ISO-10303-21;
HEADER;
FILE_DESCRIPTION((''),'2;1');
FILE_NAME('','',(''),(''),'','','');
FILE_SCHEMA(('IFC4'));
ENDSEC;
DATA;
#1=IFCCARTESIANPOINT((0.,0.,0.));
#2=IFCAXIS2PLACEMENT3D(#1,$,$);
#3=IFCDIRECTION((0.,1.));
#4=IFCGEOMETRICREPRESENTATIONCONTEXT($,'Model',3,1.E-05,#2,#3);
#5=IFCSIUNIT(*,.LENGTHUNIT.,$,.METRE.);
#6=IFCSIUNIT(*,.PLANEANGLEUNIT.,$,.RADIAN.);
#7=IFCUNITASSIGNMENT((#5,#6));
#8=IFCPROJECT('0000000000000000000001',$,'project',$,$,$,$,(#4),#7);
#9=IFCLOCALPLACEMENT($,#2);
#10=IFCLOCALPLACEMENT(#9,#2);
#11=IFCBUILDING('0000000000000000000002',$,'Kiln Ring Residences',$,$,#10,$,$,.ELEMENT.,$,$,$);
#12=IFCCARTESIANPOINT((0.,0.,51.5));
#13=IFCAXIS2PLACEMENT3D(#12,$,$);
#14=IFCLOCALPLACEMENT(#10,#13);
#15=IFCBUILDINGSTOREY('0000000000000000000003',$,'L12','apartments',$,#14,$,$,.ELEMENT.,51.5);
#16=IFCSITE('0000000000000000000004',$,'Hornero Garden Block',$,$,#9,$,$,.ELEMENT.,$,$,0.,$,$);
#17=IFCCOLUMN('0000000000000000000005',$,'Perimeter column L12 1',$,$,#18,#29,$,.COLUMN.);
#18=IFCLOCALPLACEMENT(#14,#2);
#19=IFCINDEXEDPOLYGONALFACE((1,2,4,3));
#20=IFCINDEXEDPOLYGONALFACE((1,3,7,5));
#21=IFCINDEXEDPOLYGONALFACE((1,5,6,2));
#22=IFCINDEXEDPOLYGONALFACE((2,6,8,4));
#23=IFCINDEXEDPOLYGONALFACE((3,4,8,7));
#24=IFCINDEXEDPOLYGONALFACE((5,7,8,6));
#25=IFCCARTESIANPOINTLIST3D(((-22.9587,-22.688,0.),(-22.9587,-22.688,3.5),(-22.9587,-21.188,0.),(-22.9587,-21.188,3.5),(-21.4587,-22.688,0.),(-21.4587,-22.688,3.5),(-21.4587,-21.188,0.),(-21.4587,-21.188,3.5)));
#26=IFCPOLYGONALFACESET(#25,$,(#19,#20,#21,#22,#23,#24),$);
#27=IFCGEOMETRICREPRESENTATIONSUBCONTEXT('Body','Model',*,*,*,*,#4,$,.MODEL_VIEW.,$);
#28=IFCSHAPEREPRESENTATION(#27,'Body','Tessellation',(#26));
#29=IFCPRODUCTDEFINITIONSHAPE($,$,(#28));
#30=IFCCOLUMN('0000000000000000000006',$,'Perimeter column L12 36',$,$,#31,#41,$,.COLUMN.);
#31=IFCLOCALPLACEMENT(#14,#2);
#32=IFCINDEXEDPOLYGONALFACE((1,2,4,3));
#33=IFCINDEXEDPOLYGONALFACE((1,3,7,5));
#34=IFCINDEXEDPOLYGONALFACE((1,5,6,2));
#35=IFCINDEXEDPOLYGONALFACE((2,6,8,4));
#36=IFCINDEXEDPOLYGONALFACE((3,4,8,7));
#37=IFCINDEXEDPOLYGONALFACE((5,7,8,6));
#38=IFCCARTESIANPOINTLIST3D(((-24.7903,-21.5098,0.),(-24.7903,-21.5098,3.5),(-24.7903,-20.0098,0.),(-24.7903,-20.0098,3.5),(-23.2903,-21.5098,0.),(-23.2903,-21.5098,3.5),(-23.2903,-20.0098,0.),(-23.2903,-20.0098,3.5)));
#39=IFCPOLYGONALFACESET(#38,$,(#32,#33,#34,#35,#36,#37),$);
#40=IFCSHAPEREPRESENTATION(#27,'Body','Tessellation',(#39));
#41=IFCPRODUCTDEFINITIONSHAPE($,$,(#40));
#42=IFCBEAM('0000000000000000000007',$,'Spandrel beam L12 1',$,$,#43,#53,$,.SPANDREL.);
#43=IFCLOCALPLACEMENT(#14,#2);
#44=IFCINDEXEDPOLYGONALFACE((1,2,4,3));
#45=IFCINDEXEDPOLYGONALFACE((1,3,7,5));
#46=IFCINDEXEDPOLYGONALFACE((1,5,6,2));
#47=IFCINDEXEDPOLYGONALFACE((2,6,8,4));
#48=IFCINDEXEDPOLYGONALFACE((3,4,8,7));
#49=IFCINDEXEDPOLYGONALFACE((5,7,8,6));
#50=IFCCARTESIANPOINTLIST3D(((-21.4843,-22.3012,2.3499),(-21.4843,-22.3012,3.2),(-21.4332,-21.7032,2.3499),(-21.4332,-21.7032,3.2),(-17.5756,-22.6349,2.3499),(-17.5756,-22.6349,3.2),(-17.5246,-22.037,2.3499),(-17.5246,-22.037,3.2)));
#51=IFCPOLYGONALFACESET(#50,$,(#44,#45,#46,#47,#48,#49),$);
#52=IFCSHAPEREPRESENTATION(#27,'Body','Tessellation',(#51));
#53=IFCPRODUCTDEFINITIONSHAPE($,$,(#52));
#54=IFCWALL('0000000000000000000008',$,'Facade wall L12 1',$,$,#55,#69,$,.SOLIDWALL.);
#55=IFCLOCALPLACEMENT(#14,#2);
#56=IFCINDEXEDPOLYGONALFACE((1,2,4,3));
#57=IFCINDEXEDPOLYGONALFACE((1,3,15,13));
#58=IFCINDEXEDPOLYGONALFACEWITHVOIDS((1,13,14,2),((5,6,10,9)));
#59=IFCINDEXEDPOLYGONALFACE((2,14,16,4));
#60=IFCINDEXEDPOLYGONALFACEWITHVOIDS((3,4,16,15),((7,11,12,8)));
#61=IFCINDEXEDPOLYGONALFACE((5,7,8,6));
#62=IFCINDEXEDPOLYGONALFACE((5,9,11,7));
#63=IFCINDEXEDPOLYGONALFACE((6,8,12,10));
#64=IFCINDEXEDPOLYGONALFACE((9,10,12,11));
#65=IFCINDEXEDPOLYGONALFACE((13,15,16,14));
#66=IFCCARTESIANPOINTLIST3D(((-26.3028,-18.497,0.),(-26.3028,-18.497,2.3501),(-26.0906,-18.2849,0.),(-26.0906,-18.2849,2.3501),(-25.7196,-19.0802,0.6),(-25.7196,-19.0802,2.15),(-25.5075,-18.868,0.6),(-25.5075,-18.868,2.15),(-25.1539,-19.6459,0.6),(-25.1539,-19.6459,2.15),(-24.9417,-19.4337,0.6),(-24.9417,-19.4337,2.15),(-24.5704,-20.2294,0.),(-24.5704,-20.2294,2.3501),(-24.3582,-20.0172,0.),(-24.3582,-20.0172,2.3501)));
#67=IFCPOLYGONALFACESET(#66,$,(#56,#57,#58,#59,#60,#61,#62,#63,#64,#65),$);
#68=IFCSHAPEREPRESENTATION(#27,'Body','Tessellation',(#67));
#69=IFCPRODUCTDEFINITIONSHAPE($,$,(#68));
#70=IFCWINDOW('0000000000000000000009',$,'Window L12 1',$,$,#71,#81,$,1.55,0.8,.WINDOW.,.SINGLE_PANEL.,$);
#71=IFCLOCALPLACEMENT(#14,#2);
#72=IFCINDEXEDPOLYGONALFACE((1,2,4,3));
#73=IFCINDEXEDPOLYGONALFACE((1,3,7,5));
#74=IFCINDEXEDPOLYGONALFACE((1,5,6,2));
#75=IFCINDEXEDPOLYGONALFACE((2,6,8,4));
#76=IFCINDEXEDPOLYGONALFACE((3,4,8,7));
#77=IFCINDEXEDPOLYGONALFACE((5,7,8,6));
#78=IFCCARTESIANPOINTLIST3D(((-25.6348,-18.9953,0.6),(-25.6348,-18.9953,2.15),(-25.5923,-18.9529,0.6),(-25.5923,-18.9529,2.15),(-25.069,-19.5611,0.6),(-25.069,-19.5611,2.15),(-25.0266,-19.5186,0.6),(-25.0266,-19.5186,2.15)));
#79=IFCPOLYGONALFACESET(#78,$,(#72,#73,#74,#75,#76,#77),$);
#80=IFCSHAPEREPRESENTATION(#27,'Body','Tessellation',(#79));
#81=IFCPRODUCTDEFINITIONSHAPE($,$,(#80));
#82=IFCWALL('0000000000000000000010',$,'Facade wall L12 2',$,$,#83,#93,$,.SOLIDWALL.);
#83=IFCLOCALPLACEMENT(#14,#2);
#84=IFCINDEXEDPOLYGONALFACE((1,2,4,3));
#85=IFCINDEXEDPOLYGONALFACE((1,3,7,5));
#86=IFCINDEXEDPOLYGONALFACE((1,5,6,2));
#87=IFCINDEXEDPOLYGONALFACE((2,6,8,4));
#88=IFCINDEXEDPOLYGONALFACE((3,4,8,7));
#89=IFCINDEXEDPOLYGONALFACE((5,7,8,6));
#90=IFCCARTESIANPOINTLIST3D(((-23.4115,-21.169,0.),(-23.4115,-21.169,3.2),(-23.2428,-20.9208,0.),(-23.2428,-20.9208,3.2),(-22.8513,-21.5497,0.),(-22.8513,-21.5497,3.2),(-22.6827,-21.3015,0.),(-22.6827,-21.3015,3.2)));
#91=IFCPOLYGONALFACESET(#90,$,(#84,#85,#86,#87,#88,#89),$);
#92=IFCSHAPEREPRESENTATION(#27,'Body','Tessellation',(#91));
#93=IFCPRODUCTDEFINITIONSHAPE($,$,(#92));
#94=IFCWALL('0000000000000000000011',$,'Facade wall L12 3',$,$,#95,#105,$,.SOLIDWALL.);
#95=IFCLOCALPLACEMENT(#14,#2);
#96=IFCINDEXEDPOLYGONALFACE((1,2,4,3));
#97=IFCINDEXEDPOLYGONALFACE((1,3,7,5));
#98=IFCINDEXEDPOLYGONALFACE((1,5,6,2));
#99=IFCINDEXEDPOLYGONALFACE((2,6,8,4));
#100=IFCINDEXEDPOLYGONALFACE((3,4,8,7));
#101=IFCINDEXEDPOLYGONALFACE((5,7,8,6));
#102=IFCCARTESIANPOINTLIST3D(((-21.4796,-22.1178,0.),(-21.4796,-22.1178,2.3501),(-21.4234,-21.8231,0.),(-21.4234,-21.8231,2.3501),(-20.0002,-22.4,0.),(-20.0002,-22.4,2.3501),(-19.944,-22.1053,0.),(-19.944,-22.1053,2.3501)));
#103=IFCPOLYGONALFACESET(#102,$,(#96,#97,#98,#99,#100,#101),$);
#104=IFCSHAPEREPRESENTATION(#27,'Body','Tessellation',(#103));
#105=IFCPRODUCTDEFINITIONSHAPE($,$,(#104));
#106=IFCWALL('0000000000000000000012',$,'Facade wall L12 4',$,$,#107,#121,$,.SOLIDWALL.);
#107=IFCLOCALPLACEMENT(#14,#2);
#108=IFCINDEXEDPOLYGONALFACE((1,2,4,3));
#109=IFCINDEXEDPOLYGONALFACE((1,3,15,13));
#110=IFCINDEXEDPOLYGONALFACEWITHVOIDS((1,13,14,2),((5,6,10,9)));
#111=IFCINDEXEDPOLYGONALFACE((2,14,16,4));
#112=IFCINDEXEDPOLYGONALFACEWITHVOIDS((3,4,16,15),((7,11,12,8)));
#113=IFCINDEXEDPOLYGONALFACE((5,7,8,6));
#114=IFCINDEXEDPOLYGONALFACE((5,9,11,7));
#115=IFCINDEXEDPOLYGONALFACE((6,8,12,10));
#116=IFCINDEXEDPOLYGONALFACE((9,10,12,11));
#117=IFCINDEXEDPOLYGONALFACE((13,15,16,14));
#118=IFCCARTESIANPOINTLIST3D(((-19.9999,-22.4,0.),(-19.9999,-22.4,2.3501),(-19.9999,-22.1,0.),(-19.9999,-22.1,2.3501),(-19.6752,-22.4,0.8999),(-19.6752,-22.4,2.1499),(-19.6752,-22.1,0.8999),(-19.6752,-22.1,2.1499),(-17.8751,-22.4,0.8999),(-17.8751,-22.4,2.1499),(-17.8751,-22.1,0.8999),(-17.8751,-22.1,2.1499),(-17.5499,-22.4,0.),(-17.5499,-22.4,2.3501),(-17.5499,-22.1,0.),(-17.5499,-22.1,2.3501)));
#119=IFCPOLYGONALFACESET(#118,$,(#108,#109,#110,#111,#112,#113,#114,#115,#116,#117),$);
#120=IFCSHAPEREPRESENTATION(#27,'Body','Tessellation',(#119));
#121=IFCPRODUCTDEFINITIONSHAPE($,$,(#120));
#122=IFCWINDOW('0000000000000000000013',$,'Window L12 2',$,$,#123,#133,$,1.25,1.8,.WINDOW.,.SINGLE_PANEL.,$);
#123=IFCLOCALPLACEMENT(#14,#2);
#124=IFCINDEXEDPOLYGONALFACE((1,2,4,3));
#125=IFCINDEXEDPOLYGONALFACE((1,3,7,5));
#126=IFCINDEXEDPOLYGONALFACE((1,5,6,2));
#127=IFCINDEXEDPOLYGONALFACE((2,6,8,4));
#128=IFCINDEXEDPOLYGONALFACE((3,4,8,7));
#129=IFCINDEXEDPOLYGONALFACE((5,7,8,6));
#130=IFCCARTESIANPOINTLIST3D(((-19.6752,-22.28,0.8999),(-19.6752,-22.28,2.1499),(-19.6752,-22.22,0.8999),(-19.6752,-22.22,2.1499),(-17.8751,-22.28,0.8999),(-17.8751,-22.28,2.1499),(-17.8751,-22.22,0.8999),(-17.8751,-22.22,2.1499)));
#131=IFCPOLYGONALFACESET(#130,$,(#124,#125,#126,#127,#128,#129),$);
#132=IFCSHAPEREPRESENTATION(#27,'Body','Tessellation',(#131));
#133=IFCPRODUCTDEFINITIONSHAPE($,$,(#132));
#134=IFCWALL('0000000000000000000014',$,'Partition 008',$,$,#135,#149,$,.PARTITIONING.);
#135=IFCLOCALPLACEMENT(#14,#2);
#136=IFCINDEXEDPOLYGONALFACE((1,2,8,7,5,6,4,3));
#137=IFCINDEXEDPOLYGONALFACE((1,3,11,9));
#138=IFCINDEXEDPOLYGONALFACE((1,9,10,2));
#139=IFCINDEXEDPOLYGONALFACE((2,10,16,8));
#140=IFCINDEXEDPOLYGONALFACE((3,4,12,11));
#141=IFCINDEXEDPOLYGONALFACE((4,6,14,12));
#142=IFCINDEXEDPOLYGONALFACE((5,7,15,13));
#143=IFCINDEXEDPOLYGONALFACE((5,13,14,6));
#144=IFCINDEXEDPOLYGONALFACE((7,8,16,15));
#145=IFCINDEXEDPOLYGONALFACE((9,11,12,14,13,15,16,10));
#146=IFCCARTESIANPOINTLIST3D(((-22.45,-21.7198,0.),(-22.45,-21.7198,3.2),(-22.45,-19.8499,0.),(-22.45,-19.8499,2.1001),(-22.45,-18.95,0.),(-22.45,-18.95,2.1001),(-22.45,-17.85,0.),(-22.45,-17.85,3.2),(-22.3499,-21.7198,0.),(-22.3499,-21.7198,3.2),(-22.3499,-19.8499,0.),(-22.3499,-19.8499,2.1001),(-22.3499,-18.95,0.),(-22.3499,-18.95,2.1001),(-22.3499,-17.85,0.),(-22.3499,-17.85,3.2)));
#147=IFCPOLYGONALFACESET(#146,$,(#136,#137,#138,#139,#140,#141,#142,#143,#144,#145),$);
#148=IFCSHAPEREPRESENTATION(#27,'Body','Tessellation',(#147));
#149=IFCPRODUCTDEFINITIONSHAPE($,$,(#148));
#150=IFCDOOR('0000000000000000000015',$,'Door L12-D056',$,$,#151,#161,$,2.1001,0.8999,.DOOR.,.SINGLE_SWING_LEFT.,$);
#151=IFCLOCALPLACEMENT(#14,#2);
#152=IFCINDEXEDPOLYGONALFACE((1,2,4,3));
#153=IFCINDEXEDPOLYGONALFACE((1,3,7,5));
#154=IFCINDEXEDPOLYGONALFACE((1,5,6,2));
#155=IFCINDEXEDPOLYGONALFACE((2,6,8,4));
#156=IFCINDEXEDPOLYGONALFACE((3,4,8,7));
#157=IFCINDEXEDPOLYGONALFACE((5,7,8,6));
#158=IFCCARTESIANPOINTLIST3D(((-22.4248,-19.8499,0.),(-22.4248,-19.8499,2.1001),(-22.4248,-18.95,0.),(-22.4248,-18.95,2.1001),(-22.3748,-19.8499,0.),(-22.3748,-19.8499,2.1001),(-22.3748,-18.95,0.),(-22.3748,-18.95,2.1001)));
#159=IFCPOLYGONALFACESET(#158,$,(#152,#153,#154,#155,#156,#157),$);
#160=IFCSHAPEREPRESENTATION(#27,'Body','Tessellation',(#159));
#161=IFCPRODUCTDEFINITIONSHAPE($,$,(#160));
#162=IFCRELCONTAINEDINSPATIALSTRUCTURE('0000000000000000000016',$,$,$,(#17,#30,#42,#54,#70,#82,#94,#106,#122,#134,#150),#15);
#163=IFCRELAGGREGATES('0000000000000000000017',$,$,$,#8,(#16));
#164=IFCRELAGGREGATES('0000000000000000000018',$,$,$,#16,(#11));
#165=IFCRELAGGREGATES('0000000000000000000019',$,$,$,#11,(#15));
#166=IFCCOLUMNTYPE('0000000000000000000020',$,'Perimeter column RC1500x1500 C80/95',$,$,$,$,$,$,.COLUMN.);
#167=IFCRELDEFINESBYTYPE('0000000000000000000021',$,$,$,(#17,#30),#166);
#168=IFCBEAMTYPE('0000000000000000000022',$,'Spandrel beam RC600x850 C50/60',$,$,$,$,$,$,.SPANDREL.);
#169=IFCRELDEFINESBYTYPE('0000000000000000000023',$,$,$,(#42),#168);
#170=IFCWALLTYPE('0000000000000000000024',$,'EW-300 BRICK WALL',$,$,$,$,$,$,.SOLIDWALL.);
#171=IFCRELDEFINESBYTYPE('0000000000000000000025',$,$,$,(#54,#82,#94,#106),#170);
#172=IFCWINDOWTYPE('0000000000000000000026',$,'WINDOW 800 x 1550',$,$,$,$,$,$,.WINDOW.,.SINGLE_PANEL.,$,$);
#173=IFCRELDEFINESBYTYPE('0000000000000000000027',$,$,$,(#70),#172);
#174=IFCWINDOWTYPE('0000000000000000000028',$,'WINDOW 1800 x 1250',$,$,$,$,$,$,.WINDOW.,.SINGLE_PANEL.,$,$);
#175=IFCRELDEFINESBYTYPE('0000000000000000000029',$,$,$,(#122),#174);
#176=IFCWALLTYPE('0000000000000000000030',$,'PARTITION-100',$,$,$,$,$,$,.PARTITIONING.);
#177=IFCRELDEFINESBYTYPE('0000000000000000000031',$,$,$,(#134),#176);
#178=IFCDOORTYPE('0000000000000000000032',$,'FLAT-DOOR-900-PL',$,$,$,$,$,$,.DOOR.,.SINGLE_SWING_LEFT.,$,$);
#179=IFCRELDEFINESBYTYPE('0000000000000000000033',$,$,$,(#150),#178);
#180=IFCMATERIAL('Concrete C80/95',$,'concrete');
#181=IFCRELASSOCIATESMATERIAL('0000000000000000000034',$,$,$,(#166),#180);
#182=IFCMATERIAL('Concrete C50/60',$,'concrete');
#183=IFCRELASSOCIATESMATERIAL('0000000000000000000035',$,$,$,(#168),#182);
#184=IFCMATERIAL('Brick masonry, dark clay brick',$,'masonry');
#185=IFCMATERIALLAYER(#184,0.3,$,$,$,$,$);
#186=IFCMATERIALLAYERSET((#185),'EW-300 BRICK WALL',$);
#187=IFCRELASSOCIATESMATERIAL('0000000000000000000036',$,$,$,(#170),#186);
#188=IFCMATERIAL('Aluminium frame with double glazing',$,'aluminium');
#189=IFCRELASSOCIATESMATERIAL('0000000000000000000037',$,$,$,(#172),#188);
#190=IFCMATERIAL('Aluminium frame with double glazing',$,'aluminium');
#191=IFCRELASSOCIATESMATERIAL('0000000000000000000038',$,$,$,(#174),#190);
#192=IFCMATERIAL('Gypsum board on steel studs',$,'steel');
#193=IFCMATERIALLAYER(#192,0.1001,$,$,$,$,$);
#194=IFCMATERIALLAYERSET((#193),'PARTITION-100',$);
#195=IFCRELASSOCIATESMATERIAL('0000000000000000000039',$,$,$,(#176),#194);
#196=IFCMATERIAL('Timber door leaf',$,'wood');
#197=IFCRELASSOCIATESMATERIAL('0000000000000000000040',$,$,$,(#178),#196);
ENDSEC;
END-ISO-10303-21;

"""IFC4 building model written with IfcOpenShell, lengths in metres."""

from ifc_helpers import new_model, si_unit, direction, frame, frame_2d, origin, origin_2d, place, context, subcontext, project, spatial, rectangle, extrude, material, layer, layer_set, material_profile, profile_set, type_object, element, fill, save


model = new_model("IFC4")

# Units and contexts
model_context = context("Model", 3, precision=1e-05, world=origin(), true_north=direction((0.0, 1.0)))
body_context = subcontext(model_context, "Body", "Model", "MODEL_VIEW")
ifc_project = project(units=[si_unit("LENGTHUNIT", "METRE"), si_unit("PLANEANGLEUNIT", "RADIAN")], contexts=[model_context])

# Site, building, storey
site_placement = place(None, origin())
site = spatial("IfcSite", under=ifc_project, at=site_placement, Name="Hornero Garden Block", CompositionType="ELEMENT", RefElevation=0.0)
building_placement = place(site_placement, origin())
building = spatial("IfcBuilding", under=site, at=building_placement, Name="Kiln Ring Residences", CompositionType="ELEMENT")
storey_placement = place(building_placement, frame((0.0, 0.0, 51.5)))
storey = spatial("IfcBuildingStorey", under=building, at=storey_placement, Name="L12", Description="apartments", CompositionType="ELEMENT", Elevation=51.5)

# Columns
ifc_material_1 = material(Name="Concrete C80/95", Category="concrete")
ifc_material_profile_1 = material_profile(ifc_material_1, rectangle(XDim=1.5, YDim=1.5, at=origin_2d()), Name="RC1500x1500")
ifc_profile_set_1 = profile_set([ifc_material_profile_1], Name="Concrete C80/95")
column_type = type_object("IfcColumnType", Name="Perimeter column RC1500x1500 C80/95", PredefinedType="COLUMN", material=ifc_profile_set_1)
for number, where, z_axis, x_axis, name in (
    (1, (-22.2087, -21.938, 0.0), (0.0, 0.0, 1.0), (1.0, 0.0, 0.0), "Perimeter column L12 1"),
    (2, (-24.0403, -20.7598, 0.0), (0.0, 0.0, 1.0), (1.0, 0.0, 0.0), "Perimeter column L12 36"),
):
    element("IfcColumn", number, at=place(storey_placement, frame(where, z_axis=z_axis, x_axis=x_axis)), inside=storey, type_object=column_type, Name=name, PredefinedType="COLUMN", context=body_context, shape_type="SweptSolid", body=[
        extrude(rectangle(XDim=1.5, YDim=1.5, at=origin_2d()), origin(), (0.0, 0.0, 1.0), 3.5),
    ])

# Beam
ifc_material_2 = material(Name="Concrete C50/60", Category="concrete")
ifc_material_profile_2 = material_profile(ifc_material_2, rectangle(XDim=0.6001, YDim=0.8501, at=origin_2d()), Name="RC600x850")
ifc_profile_set_2 = profile_set([ifc_material_profile_2], Name="Concrete C50/60")
beam_type = type_object("IfcBeamType", Name="Spandrel beam RC600x850 C50/60", PredefinedType="SPANDREL", material=ifc_profile_set_2)
beam_placement = place(storey_placement, frame((-21.4587, -22.0022, 2.7749), z_axis=(0.996375, -0.085075, 0.0), x_axis=(0.085075, 0.996375, 0.0)))
element("IfcBeam", 3, at=beam_placement, inside=storey, type_object=beam_type, Name="Spandrel beam L12 1", PredefinedType="SPANDREL", context=body_context, shape_type="SweptSolid", body=[
    extrude(rectangle(XDim=0.6001, YDim=0.8501, at=origin_2d()), origin(), (0.0, 0.0, 1.0), 3.9229),
])

# Wall, opening, window
ifc_material_3 = material(Name="Brick masonry, dark clay brick", Category="masonry")
ifc_layer_1 = layer(ifc_material_3, 0.3)
ifc_layer_set_1 = layer_set([ifc_layer_1], Name="EW-300 BRICK WALL")
wall_type_1 = type_object("IfcWallType", Name="EW-300 BRICK WALL", PredefinedType="SOLIDWALL", material=ifc_layer_set_1)
wall_1_placement = place(storey_placement, frame((-26.1968, -18.3909, 0.0), z_axis=(0.0, 0.0, 1.0), x_axis=(0.707107, -0.707107, 0.0)))
wall_1 = element("IfcWall", 4, at=wall_1_placement, inside=storey, type_object=wall_type_1, Name="Facade wall L12 1", PredefinedType="SOLIDWALL", context=body_context, shape_type="SweptSolid", body=[
    extrude(rectangle(XDim=2.45, YDim=0.3, at=frame_2d((1.2251, 0.0))), origin(), (0.0, 0.0, 1.0), 2.3501),
])
opening_1_placement = place(wall_1_placement, frame((0.825, 0.0, 0.6001)))
opening_1 = element("IfcOpeningElement", 5, at=opening_1_placement, cuts=wall_1, PredefinedType="OPENING", context=body_context, shape_type="SweptSolid", body=[
    extrude(rectangle(XDim=0.8, YDim=1.55, at=frame_2d((0.3999, 0.7749))), frame((0.0, 0.1599, 0.0), z_axis=(0.0, -1.0, 0.0), x_axis=(1.0, 0.0, 0.0)), (0.0, 0.0, 1.0), 0.3201),
])
ifc_material_4 = material(Name="Aluminium frame with double glazing", Category="aluminium")
window_type_1 = type_object("IfcWindowType", Name="WINDOW 800 x 1550", PartitioningType="SINGLE_PANEL", PredefinedType="WINDOW", material=ifc_material_4)
window_1_placement = place(opening_1_placement, origin())
window_1 = element("IfcWindow", 6, at=window_1_placement, inside=storey, type_object=window_type_1, Name="Window L12 1", OverallHeight=1.55, OverallWidth=0.8, PartitioningType="SINGLE_PANEL", PredefinedType="WINDOW", context=body_context, shape_type="SweptSolid", body=[
    extrude(rectangle(XDim=0.8, YDim=1.55, at=frame_2d((0.3999, 0.7749))), frame((0.0, 0.03, 0.0), z_axis=(0.0, -1.0, 0.0), x_axis=(1.0, 0.0, 0.0)), (0.0, 0.0, 1.0), 0.0601),
])
fill(opening_1, window_1)

# Walls
wall_2_placement = place(storey_placement, frame((-23.3271, -21.0449, 0.0), z_axis=(0.0, 0.0, 1.0), x_axis=(0.827081, -0.562083, 0.0)))
element("IfcWall", 7, at=wall_2_placement, inside=storey, type_object=wall_type_1, Name="Facade wall L12 2", PredefinedType="SOLIDWALL", context=body_context, shape_type="SweptSolid", body=[
    extrude(rectangle(XDim=0.6772, YDim=0.3, at=frame_2d((0.3386, 0.0))), origin(), (0.0, 0.0, 1.0), 3.2),
])
wall_3_placement = place(storey_placement, frame((-21.4514, -21.9705, 0.0), z_axis=(0.0, 0.0, 1.0), x_axis=(0.982287, -0.18738, 0.0)))
element("IfcWall", 8, at=wall_3_placement, inside=storey, type_object=wall_type_1, Name="Facade wall L12 3", PredefinedType="SOLIDWALL", context=body_context, shape_type="SweptSolid", body=[
    extrude(rectangle(XDim=1.5061, YDim=0.3, at=frame_2d((0.7529, 0.0))), origin(), (0.0, 0.0, 1.0), 2.3501),
])

# Wall, opening, window
wall_4_placement = place(storey_placement, frame((-20.0, -22.25, 0.0), z_axis=(0.0, 0.0, 1.0), x_axis=(1.0, 0.0, 0.0)))
wall_4 = element("IfcWall", 9, at=wall_4_placement, inside=storey, type_object=wall_type_1, Name="Facade wall L12 4", PredefinedType="SOLIDWALL", context=body_context, shape_type="SweptSolid", body=[
    extrude(rectangle(XDim=2.45, YDim=0.3, at=frame_2d((1.2251, 0.0))), origin(), (0.0, 0.0, 1.0), 2.3501),
])
opening_2_placement = place(wall_4_placement, frame((0.325, 0.0, 0.8999)))
opening_2 = element("IfcOpeningElement", 10, at=opening_2_placement, cuts=wall_4, PredefinedType="OPENING", context=body_context, shape_type="SweptSolid", body=[
    extrude(rectangle(XDim=1.8, YDim=1.25, at=frame_2d((0.8999, 0.625))), frame((0.0, 0.1599, 0.0), z_axis=(0.0, -1.0, 0.0), x_axis=(1.0, 0.0, 0.0)), (0.0, 0.0, 1.0), 0.3201),
])
ifc_material_5 = material(Name="Aluminium frame with double glazing", Category="aluminium")
window_type_2 = type_object("IfcWindowType", Name="WINDOW 1800 x 1250", PartitioningType="SINGLE_PANEL", PredefinedType="WINDOW", material=ifc_material_5)
window_2_placement = place(opening_2_placement, origin())
window_2 = element("IfcWindow", 11, at=window_2_placement, inside=storey, type_object=window_type_2, Name="Window L12 2", OverallHeight=1.25, OverallWidth=1.8, PartitioningType="SINGLE_PANEL", PredefinedType="WINDOW", context=body_context, shape_type="SweptSolid", body=[
    extrude(rectangle(XDim=1.8, YDim=1.25, at=frame_2d((0.8999, 0.625))), frame((0.0, 0.03, 0.0), z_axis=(0.0, -1.0, 0.0), x_axis=(1.0, 0.0, 0.0)), (0.0, 0.0, 1.0), 0.0601),
])
fill(opening_2, window_2)

# Wall, opening, door
ifc_material_6 = material(Name="Gypsum board on steel studs", Category="steel")
ifc_layer_2 = layer(ifc_material_6, 0.1001)
ifc_layer_set_2 = layer_set([ifc_layer_2], Name="PARTITION-100")
wall_type_2 = type_object("IfcWallType", Name="PARTITION-100", PredefinedType="PARTITIONING", material=ifc_layer_set_2)
wall_5_placement = place(storey_placement, frame((-22.3999, -21.72, 0.0), z_axis=(0.0, 0.0, 1.0), x_axis=(0.0, 1.0, 0.0)))
wall_5 = element("IfcWall", 12, at=wall_5_placement, inside=storey, type_object=wall_type_2, Name="Partition 008", PredefinedType="PARTITIONING", context=body_context, shape_type="SweptSolid", body=[
    extrude(rectangle(XDim=3.8699, YDim=0.1001, at=frame_2d((1.9351, 0.0))), origin(), (0.0, 0.0, 1.0), 3.2),
])
opening_3_placement = place(wall_5_placement, frame((1.8701, 0.0, 0.0)))
opening_3 = element("IfcOpeningElement", 13, at=opening_3_placement, cuts=wall_5, PredefinedType="OPENING", context=body_context, shape_type="SweptSolid", body=[
    extrude(rectangle(XDim=0.8999, YDim=2.1001, at=frame_2d((0.45, 1.05))), frame((0.0, 0.0601, 0.0), z_axis=(0.0, -1.0, 0.0), x_axis=(1.0, 0.0, 0.0)), (0.0, 0.0, 1.0), 0.1201),
])
ifc_material_7 = material(Name="Timber door leaf", Category="wood")
door_type = type_object("IfcDoorType", Name="FLAT-DOOR-900-PL", OperationType="SINGLE_SWING_LEFT", PredefinedType="DOOR", material=ifc_material_7)
door_placement = place(opening_3_placement, origin())
door = element("IfcDoor", 14, at=door_placement, inside=storey, type_object=door_type, Name="Door L12-D056", OperationType="SINGLE_SWING_LEFT", OverallHeight=2.1001, OverallWidth=0.8999, PredefinedType="DOOR", context=body_context, shape_type="SweptSolid", body=[
    extrude(rectangle(XDim=0.8999, YDim=2.1001, at=frame_2d((0.45, 1.05))), frame((0.0, 0.0249, 0.0), z_axis=(0.0, -1.0, 0.0), x_axis=(1.0, 0.0, 0.0)), (0.0, 0.0, 1.0), 0.05),
])
fill(opening_3, door)

save(model, "model.ifc")
